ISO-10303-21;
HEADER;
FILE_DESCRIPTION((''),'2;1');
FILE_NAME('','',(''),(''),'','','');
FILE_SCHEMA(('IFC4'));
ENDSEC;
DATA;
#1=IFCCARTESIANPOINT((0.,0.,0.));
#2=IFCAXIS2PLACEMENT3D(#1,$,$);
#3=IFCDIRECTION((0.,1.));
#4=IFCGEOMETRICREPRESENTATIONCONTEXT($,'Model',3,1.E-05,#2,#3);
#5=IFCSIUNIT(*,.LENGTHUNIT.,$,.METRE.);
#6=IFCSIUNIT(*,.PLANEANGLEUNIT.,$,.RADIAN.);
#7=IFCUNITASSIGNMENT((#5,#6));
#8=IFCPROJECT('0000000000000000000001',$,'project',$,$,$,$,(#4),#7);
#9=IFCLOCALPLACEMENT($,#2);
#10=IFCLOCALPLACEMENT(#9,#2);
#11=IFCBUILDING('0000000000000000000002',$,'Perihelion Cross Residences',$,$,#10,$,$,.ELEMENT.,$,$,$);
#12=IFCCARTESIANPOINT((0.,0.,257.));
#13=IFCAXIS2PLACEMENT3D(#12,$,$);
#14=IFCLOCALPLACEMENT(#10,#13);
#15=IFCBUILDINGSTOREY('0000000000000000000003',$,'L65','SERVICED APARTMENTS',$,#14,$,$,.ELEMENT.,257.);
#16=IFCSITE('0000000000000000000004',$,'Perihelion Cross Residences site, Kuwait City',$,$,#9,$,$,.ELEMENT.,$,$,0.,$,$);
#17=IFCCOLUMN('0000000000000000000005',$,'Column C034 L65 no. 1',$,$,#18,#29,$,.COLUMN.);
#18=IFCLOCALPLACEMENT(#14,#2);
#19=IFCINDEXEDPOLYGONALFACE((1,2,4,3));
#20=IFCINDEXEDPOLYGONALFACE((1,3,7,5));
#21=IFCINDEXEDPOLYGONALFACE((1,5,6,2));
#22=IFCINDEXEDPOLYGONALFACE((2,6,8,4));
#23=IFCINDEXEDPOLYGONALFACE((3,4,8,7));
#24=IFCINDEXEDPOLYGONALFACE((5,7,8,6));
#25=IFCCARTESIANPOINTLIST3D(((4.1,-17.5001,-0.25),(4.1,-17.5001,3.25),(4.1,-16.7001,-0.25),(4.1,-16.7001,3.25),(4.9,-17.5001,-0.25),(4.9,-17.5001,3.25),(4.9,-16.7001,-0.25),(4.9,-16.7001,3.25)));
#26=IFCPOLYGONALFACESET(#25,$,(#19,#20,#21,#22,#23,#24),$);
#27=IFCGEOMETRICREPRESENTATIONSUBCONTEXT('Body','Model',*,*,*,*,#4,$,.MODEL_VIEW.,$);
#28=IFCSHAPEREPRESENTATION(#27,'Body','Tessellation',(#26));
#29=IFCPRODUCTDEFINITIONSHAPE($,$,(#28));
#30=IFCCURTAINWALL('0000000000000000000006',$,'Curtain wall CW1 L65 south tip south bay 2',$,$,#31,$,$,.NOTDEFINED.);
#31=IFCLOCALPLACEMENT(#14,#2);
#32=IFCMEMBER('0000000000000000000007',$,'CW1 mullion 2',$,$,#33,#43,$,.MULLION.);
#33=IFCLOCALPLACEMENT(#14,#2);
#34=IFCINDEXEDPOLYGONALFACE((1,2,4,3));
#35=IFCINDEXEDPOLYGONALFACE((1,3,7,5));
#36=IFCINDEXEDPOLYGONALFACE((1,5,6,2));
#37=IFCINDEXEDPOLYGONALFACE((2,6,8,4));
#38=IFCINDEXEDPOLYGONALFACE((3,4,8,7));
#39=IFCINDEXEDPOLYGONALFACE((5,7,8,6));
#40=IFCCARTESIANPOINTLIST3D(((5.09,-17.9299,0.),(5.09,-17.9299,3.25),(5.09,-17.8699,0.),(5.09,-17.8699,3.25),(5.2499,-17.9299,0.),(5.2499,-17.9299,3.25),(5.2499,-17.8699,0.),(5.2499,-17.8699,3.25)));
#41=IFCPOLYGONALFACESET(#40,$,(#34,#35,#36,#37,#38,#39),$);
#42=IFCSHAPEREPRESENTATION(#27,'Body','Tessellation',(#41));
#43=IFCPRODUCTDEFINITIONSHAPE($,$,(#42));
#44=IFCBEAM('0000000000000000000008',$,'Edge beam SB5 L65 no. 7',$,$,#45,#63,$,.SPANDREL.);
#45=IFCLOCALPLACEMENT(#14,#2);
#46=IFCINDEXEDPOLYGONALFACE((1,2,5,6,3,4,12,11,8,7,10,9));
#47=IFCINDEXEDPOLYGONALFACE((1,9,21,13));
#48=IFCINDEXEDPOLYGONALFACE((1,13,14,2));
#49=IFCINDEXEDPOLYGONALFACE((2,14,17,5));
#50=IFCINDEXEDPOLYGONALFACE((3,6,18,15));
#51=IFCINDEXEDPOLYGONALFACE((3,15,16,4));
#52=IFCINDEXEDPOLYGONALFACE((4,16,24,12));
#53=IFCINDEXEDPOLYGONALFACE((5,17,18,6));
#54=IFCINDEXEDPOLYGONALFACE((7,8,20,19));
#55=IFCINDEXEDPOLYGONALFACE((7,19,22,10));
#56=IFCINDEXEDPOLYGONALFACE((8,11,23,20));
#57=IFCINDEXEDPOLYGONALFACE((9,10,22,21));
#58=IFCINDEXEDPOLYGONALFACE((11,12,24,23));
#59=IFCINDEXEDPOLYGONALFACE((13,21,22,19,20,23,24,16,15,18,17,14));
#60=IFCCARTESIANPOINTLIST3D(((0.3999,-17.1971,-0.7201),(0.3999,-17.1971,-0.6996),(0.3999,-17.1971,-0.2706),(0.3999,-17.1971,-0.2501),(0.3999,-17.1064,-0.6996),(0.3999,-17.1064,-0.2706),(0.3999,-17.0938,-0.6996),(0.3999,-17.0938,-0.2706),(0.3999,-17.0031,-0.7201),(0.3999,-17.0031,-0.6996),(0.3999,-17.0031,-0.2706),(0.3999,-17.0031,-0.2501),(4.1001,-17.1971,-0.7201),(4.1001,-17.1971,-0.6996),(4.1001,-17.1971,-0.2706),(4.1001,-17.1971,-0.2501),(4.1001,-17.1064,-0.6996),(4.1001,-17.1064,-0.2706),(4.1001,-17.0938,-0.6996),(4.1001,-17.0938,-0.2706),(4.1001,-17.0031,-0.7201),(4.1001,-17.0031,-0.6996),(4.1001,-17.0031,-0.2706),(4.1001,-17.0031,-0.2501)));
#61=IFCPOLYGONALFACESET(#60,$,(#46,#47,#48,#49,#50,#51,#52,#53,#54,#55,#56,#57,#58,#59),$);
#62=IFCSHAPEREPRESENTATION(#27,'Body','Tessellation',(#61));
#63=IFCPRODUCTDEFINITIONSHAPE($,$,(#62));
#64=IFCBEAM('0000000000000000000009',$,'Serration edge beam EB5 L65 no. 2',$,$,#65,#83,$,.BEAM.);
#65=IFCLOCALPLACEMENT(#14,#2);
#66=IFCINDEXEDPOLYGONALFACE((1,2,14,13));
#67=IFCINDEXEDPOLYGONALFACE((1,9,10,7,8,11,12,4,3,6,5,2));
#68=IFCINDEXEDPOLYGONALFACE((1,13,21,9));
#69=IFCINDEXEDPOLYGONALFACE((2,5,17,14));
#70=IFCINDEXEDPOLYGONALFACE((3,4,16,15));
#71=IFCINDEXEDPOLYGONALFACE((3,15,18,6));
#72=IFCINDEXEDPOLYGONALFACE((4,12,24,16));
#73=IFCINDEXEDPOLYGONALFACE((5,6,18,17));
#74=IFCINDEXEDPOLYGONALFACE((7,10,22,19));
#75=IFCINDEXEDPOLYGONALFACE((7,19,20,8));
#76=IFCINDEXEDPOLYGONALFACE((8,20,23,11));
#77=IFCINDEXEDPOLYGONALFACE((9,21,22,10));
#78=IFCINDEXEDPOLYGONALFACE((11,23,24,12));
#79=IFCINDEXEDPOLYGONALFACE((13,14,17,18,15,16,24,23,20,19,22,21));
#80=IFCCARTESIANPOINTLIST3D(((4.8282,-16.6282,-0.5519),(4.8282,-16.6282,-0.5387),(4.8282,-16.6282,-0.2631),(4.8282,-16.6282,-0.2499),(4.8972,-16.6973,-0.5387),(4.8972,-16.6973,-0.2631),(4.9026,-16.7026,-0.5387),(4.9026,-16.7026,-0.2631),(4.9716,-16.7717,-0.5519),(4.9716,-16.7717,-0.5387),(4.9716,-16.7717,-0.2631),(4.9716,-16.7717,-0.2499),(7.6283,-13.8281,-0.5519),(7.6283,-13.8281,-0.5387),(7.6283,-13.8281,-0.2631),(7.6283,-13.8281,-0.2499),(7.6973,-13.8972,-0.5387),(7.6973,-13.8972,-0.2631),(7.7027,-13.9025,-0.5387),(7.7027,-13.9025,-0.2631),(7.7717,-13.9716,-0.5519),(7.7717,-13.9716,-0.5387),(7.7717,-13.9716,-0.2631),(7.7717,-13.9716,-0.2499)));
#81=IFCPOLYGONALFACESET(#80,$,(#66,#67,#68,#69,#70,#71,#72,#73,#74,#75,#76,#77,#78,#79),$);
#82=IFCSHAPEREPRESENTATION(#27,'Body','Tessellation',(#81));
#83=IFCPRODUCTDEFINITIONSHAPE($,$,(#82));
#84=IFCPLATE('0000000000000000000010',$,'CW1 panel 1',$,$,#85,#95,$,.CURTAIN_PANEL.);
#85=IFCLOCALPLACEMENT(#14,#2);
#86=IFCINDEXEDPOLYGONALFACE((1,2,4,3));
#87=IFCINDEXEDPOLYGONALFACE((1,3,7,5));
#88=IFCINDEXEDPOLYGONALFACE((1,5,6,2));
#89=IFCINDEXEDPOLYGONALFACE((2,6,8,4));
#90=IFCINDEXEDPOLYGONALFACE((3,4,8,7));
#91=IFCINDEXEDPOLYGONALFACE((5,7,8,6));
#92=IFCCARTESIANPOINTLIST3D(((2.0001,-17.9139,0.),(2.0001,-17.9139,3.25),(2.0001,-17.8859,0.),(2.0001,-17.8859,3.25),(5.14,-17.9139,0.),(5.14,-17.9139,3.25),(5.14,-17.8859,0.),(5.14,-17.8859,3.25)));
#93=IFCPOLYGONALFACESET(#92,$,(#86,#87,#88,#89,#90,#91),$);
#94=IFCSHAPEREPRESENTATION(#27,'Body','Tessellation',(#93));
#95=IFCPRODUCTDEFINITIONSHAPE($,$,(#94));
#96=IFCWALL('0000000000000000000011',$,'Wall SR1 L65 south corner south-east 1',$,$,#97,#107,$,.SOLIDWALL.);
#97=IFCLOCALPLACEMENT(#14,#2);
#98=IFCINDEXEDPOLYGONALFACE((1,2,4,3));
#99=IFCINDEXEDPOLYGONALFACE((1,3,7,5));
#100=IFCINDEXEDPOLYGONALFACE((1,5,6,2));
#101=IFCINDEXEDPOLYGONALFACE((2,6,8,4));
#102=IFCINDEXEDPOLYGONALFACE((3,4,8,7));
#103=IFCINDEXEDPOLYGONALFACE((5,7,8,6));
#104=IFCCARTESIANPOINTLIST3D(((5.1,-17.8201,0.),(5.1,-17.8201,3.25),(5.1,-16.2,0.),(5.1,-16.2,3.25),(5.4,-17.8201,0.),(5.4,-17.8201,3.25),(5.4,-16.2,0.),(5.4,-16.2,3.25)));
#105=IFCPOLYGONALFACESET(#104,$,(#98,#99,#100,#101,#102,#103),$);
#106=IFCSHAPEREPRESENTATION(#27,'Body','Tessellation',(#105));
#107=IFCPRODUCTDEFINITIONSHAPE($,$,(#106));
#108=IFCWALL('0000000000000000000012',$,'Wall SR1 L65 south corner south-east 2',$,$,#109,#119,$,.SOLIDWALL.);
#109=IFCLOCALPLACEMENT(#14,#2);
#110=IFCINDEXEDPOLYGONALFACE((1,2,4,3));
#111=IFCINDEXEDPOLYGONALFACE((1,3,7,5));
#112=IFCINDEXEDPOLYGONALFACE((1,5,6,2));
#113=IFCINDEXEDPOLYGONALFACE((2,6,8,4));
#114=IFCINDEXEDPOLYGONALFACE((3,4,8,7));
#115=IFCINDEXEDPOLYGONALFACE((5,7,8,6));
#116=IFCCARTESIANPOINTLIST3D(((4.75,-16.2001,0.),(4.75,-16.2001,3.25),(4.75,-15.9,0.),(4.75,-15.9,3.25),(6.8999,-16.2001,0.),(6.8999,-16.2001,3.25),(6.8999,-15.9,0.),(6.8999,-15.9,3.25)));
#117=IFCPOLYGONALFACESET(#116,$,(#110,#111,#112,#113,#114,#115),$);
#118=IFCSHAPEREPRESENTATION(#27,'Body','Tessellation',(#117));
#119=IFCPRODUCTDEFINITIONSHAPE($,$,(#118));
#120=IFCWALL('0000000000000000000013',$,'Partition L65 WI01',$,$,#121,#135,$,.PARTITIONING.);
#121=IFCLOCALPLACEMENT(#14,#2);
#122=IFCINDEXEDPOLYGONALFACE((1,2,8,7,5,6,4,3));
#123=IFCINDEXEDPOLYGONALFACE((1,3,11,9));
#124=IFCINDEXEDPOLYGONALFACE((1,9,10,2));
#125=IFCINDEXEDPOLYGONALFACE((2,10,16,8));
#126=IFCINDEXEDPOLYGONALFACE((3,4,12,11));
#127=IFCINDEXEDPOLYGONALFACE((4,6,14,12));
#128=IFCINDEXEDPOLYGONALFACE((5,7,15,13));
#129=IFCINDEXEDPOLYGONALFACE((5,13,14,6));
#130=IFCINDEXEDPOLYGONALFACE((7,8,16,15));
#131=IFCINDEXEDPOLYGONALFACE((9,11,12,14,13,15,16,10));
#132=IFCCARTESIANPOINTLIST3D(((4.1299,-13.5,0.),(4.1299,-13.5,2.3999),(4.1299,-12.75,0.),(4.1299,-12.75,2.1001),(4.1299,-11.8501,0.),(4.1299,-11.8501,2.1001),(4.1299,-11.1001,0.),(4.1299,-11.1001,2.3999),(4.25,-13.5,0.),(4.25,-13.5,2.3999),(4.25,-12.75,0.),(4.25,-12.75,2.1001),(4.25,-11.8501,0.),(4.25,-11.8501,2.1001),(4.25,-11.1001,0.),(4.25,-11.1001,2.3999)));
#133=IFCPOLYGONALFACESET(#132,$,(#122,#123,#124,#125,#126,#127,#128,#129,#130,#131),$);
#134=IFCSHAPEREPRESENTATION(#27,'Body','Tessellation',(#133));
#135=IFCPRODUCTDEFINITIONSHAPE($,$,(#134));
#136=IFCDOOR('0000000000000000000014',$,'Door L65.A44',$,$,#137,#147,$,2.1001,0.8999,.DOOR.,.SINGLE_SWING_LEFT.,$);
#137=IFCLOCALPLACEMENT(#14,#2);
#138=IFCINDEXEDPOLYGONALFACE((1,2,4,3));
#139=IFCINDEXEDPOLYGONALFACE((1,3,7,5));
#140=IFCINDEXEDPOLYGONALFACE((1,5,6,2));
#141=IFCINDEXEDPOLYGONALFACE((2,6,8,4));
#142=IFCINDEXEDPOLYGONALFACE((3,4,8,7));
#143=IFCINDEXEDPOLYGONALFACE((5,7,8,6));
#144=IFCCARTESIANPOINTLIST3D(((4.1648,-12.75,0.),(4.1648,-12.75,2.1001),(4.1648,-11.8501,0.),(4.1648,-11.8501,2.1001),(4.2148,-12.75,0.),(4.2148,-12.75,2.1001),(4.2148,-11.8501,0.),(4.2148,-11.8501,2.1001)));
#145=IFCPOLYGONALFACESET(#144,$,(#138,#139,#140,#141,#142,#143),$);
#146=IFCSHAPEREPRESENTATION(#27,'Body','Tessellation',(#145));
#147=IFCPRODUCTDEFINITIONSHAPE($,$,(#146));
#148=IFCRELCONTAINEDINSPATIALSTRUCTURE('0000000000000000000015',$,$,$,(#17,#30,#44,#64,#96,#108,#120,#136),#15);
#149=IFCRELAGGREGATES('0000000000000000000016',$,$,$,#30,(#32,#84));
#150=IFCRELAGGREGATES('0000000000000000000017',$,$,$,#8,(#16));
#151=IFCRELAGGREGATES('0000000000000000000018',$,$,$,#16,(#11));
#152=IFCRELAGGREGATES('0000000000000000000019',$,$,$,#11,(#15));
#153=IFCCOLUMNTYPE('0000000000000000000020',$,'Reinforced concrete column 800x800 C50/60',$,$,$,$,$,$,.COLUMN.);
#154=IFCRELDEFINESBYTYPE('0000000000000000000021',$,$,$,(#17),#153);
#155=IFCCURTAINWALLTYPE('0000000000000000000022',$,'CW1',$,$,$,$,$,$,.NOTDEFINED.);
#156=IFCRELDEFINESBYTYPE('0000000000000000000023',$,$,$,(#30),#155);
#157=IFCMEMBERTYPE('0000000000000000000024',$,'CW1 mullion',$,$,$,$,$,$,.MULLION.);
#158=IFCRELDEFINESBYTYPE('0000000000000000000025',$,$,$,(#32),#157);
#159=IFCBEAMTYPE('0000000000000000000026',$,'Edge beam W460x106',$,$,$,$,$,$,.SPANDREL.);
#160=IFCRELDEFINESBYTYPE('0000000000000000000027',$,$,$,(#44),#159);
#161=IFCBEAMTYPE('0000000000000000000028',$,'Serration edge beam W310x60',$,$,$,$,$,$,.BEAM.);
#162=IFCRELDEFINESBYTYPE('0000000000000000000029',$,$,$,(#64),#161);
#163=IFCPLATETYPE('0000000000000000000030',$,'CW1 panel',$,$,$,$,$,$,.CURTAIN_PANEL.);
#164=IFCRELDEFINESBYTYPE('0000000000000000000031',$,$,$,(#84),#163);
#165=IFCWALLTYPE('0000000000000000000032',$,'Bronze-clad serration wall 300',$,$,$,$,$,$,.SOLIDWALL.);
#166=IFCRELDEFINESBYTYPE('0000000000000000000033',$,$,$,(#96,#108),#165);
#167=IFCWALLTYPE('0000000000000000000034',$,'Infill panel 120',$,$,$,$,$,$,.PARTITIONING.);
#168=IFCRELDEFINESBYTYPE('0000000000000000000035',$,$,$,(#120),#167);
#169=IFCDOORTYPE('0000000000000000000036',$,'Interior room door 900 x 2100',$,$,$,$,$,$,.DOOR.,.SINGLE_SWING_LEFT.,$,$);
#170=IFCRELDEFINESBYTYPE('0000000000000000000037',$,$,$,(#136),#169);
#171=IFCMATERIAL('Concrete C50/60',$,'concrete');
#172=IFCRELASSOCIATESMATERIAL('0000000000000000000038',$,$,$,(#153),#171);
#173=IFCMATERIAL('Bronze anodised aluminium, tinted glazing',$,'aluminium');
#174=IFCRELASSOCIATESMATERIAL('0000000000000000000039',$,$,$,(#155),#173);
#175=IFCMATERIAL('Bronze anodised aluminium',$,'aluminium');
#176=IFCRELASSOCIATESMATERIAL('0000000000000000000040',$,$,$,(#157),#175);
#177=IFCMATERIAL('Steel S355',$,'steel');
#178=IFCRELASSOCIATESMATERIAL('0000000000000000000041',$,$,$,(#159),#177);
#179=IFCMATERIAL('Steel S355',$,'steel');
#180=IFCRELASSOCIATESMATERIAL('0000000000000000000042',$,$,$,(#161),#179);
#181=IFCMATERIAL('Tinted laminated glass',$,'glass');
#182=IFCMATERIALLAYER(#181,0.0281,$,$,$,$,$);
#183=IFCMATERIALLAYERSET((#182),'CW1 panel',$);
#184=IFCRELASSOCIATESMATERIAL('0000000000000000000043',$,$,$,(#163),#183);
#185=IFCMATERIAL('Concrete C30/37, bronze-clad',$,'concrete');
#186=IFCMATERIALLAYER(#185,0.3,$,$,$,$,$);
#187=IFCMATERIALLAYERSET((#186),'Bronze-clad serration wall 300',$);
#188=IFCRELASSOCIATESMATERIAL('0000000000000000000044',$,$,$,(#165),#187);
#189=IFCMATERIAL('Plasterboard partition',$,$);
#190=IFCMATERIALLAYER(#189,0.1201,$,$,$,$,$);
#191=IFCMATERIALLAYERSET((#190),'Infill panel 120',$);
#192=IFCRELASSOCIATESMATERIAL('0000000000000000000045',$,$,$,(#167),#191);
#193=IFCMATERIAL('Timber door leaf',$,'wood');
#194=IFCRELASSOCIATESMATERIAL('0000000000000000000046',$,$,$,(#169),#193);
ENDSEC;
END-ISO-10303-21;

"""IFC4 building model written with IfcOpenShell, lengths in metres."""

from ifc_helpers import new_model, si_unit, direction, frame, frame_2d, origin, origin_2d, place, context, subcontext, project, spatial, rectangle, i_section, extrude, material, layer, layer_set, material_profile, profile_set, type_object, element, fill, aggregate, save


model = new_model("IFC4")

# Units and contexts
model_context = context("Model", 3, precision=1e-05, world=origin(), true_north=direction((0.0, 1.0)))
body_context = subcontext(model_context, "Body", "Model", "MODEL_VIEW")
ifc_project = project(units=[si_unit("LENGTHUNIT", "METRE"), si_unit("PLANEANGLEUNIT", "RADIAN")], contexts=[model_context])

# Site, building, storey
site_placement = place(None, origin())
site = spatial("IfcSite", under=ifc_project, at=site_placement, Name="Perihelion Cross Residences site, Kuwait City", CompositionType="ELEMENT", RefElevation=0.0)
building_placement = place(site_placement, origin())
building = spatial("IfcBuilding", under=site, at=building_placement, Name="Perihelion Cross Residences", CompositionType="ELEMENT")
storey_placement = place(building_placement, frame((0.0, 0.0, 257.0)))
storey = spatial("IfcBuildingStorey", under=building, at=storey_placement, Name="L65", Description="SERVICED APARTMENTS", CompositionType="ELEMENT", Elevation=257.0)

# Column
ifc_material_1 = material(Name="Concrete C50/60", Category="concrete")
ifc_material_profile_1 = material_profile(ifc_material_1, rectangle(XDim=0.8, YDim=0.8, at=origin_2d()), Name="RC 800x800")
ifc_profile_set_1 = profile_set([ifc_material_profile_1], Name="Concrete C50/60")
column_type = type_object("IfcColumnType", Name="Reinforced concrete column 800x800 C50/60", PredefinedType="COLUMN", material=ifc_profile_set_1)
column_placement = place(storey_placement, frame((4.5, -17.1001, -0.25), z_axis=(0.0, 0.0, 1.0), x_axis=(1.0, 0.0, 0.0)))
element("IfcColumn", 1, at=column_placement, inside=storey, type_object=column_type, Name="Column C034 L65 no. 1", PredefinedType="COLUMN", context=body_context, shape_type="SweptSolid", body=[
    extrude(rectangle(XDim=0.8, YDim=0.8, at=origin_2d()), origin(), (0.0, 0.0, 1.0), 3.5),
])

# Curtain wall, member
ifc_material_2 = material(Name="Bronze anodised aluminium, tinted glazing", Category="aluminium")
curtain_wall_type = type_object("IfcCurtainWallType", Name="CW1", PredefinedType="NOTDEFINED", material=ifc_material_2)
curtain_wall_placement = place(storey_placement, origin())
curtain_wall = element("IfcCurtainWall", 2, at=curtain_wall_placement, inside=storey, type_object=curtain_wall_type, Name="Curtain wall CW1 L65 south tip south bay 2", PredefinedType="NOTDEFINED")
ifc_material_3 = material(Name="Bronze anodised aluminium", Category="aluminium")
ifc_material_profile_2 = material_profile(ifc_material_3, rectangle(XDim=0.0601, YDim=0.1599, at=origin_2d()), Name="CW1 mullion")
ifc_profile_set_2 = profile_set([ifc_material_profile_2], Name="Bronze anodised aluminium")
member_type = type_object("IfcMemberType", Name="CW1 mullion", PredefinedType="MULLION", material=ifc_profile_set_2)
member_placement = place(storey_placement, frame((5.1699, -17.8999, 0.0), z_axis=(0.0, 0.0, 1.0), x_axis=(0.0, 1.0, 0.0)))
member = element("IfcMember", 3, at=member_placement, type_object=member_type, Name="CW1 mullion 2", PredefinedType="MULLION", context=body_context, shape_type="SweptSolid", body=[
    extrude(rectangle(XDim=0.0601, YDim=0.1599, at=origin_2d()), origin(), (0.0, 0.0, 1.0), 3.25),
])

# Beams
ifc_material_4 = material(Name="Steel S355", Category="steel")
ifc_material_profile_3 = material_profile(ifc_material_4, i_section(OverallWidth=0.1941, OverallDepth=0.47, WebThickness=0.0127, FlangeThickness=0.0205, at=origin_2d()), Name="W460x106")
ifc_profile_set_3 = profile_set([ifc_material_profile_3], Name="Steel S355")
beam_type_1 = type_object("IfcBeamType", Name="Edge beam W460x106", PredefinedType="SPANDREL", material=ifc_profile_set_3)
beam_1_placement = place(storey_placement, frame((0.3999, -17.1001, -0.4851), z_axis=(1.0, 0.0, 0.0), x_axis=(0.0, 1.0, 0.0)))
element("IfcBeam", 4, at=beam_1_placement, inside=storey, type_object=beam_type_1, Name="Edge beam SB5 L65 no. 7", PredefinedType="SPANDREL", context=body_context, shape_type="SweptSolid", body=[
    extrude(i_section(OverallWidth=0.1941, OverallDepth=0.47, WebThickness=0.0127, FlangeThickness=0.0205, at=origin_2d()), origin(), (0.0, 0.0, 1.0), 3.7002),
])
ifc_material_5 = material(Name="Steel S355", Category="steel")
ifc_material_profile_4 = material_profile(ifc_material_5, i_section(OverallWidth=0.2029, OverallDepth=0.302, WebThickness=0.0076, FlangeThickness=0.0132, at=origin_2d()), Name="W310x60")
ifc_profile_set_4 = profile_set([ifc_material_profile_4], Name="Steel S355")
beam_type_2 = type_object("IfcBeamType", Name="Serration edge beam W310x60", PredefinedType="BEAM", material=ifc_profile_set_4)
beam_2_placement = place(storey_placement, frame((4.8999, -16.7, -0.4009), z_axis=(0.707107, 0.707107, 0.0), x_axis=(-0.707107, 0.707107, 0.0)))
element("IfcBeam", 5, at=beam_2_placement, inside=storey, type_object=beam_type_2, Name="Serration edge beam EB5 L65 no. 2", PredefinedType="BEAM", context=body_context, shape_type="SweptSolid", body=[
    extrude(i_section(OverallWidth=0.2029, OverallDepth=0.302, WebThickness=0.0076, FlangeThickness=0.0132, at=origin_2d()), origin(), (0.0, 0.0, 1.0), 3.96),
])

# Plate
ifc_material_6 = material(Name="Tinted laminated glass", Category="glass")
ifc_layer_1 = layer(ifc_material_6, 0.0281)
ifc_layer_set_1 = layer_set([ifc_layer_1], Name="CW1 panel")
plate_type = type_object("IfcPlateType", Name="CW1 panel", PredefinedType="CURTAIN_PANEL", material=ifc_layer_set_1)
plate_placement = place(storey_placement, frame((3.5701, -17.8999, 0.0), z_axis=(0.0, 0.0, 1.0), x_axis=(1.0, 0.0, 0.0)))
plate = element("IfcPlate", 6, at=plate_placement, type_object=plate_type, Name="CW1 panel 1", PredefinedType="CURTAIN_PANEL", context=body_context, shape_type="SweptSolid", body=[
    extrude(rectangle(XDim=3.1399, YDim=0.0281, at=origin_2d()), origin(), (0.0, 0.0, 1.0), 3.25),
])
aggregate(curtain_wall, [member, plate])

# Walls
ifc_material_7 = material(Name="Concrete C30/37, bronze-clad", Category="concrete")
ifc_layer_2 = layer(ifc_material_7, 0.3)
ifc_layer_set_2 = layer_set([ifc_layer_2], Name="Bronze-clad serration wall 300")
wall_type_1 = type_object("IfcWallType", Name="Bronze-clad serration wall 300", PredefinedType="SOLIDWALL", material=ifc_layer_set_2)
wall_1_placement = place(storey_placement, frame((5.25, -17.8201, 0.0), z_axis=(0.0, 0.0, 1.0), x_axis=(0.0, 1.0, 0.0)))
element("IfcWall", 7, at=wall_1_placement, inside=storey, type_object=wall_type_1, Name="Wall SR1 L65 south corner south-east 1", PredefinedType="SOLIDWALL", context=body_context, shape_type="SweptSolid", body=[
    extrude(rectangle(XDim=1.6201, YDim=0.3, at=frame_2d((0.8101, 0.0))), origin(), (0.0, 0.0, 1.0), 3.25),
])
wall_2_placement = place(storey_placement, frame((4.75, -16.05, 0.0), z_axis=(0.0, 0.0, 1.0), x_axis=(1.0, 0.0, 0.0)))
element("IfcWall", 8, at=wall_2_placement, inside=storey, type_object=wall_type_1, Name="Wall SR1 L65 south corner south-east 2", PredefinedType="SOLIDWALL", context=body_context, shape_type="SweptSolid", body=[
    extrude(rectangle(XDim=2.1499, YDim=0.3, at=frame_2d((1.075, 0.0))), origin(), (0.0, 0.0, 1.0), 3.25),
])

# Wall, opening, door
ifc_material_8 = material(Name="Plasterboard partition")
ifc_layer_3 = layer(ifc_material_8, 0.1201)
ifc_layer_set_3 = layer_set([ifc_layer_3], Name="Infill panel 120")
wall_type_2 = type_object("IfcWallType", Name="Infill panel 120", PredefinedType="PARTITIONING", material=ifc_layer_set_3)
wall_3_placement = place(storey_placement, frame((4.1899, -11.1001, 0.0), z_axis=(0.0, 0.0, 1.0), x_axis=(0.0, -1.0, 0.0)))
wall_3 = element("IfcWall", 9, at=wall_3_placement, inside=storey, type_object=wall_type_2, Name="Partition L65 WI01", PredefinedType="PARTITIONING", context=body_context, shape_type="SweptSolid", body=[
    extrude(rectangle(XDim=2.3999, YDim=0.1201, at=frame_2d((1.2, 0.0))), origin(), (0.0, 0.0, 1.0), 2.3999),
])
opening_1_placement = place(wall_3_placement, frame((0.75, 0.0, 0.0)))
opening_1 = element("IfcOpeningElement", 10, at=opening_1_placement, cuts=wall_3, PredefinedType="OPENING", context=body_context, shape_type="SweptSolid", body=[
    extrude(rectangle(XDim=0.8999, YDim=2.1001, at=frame_2d((0.45, 1.05))), frame((0.0, 0.0701, 0.0), z_axis=(0.0, -1.0, 0.0), x_axis=(1.0, 0.0, 0.0)), (0.0, 0.0, 1.0), 0.1401),
])
ifc_material_9 = material(Name="Timber door leaf", Category="wood")
door_type_1 = type_object("IfcDoorType", Name="Interior room door 900 x 2100", OperationType="SINGLE_SWING_LEFT", PredefinedType="DOOR", material=ifc_material_9)
door_1_placement = place(opening_1_placement, origin())
door_1 = element("IfcDoor", 11, at=door_1_placement, inside=storey, type_object=door_type_1, Name="Door L65.A44", OperationType="SINGLE_SWING_LEFT", OverallHeight=2.1001, OverallWidth=0.8999, PredefinedType="DOOR", context=body_context, shape_type="SweptSolid", body=[
    extrude(rectangle(XDim=0.8999, YDim=2.1001, at=frame_2d((0.45, 1.05))), frame((0.0, 0.0249, 0.0), z_axis=(0.0, -1.0, 0.0), x_axis=(1.0, 0.0, 0.0)), (0.0, 0.0, 1.0), 0.05),
])
fill(opening_1, door_1)

save(model, "model.ifc")
